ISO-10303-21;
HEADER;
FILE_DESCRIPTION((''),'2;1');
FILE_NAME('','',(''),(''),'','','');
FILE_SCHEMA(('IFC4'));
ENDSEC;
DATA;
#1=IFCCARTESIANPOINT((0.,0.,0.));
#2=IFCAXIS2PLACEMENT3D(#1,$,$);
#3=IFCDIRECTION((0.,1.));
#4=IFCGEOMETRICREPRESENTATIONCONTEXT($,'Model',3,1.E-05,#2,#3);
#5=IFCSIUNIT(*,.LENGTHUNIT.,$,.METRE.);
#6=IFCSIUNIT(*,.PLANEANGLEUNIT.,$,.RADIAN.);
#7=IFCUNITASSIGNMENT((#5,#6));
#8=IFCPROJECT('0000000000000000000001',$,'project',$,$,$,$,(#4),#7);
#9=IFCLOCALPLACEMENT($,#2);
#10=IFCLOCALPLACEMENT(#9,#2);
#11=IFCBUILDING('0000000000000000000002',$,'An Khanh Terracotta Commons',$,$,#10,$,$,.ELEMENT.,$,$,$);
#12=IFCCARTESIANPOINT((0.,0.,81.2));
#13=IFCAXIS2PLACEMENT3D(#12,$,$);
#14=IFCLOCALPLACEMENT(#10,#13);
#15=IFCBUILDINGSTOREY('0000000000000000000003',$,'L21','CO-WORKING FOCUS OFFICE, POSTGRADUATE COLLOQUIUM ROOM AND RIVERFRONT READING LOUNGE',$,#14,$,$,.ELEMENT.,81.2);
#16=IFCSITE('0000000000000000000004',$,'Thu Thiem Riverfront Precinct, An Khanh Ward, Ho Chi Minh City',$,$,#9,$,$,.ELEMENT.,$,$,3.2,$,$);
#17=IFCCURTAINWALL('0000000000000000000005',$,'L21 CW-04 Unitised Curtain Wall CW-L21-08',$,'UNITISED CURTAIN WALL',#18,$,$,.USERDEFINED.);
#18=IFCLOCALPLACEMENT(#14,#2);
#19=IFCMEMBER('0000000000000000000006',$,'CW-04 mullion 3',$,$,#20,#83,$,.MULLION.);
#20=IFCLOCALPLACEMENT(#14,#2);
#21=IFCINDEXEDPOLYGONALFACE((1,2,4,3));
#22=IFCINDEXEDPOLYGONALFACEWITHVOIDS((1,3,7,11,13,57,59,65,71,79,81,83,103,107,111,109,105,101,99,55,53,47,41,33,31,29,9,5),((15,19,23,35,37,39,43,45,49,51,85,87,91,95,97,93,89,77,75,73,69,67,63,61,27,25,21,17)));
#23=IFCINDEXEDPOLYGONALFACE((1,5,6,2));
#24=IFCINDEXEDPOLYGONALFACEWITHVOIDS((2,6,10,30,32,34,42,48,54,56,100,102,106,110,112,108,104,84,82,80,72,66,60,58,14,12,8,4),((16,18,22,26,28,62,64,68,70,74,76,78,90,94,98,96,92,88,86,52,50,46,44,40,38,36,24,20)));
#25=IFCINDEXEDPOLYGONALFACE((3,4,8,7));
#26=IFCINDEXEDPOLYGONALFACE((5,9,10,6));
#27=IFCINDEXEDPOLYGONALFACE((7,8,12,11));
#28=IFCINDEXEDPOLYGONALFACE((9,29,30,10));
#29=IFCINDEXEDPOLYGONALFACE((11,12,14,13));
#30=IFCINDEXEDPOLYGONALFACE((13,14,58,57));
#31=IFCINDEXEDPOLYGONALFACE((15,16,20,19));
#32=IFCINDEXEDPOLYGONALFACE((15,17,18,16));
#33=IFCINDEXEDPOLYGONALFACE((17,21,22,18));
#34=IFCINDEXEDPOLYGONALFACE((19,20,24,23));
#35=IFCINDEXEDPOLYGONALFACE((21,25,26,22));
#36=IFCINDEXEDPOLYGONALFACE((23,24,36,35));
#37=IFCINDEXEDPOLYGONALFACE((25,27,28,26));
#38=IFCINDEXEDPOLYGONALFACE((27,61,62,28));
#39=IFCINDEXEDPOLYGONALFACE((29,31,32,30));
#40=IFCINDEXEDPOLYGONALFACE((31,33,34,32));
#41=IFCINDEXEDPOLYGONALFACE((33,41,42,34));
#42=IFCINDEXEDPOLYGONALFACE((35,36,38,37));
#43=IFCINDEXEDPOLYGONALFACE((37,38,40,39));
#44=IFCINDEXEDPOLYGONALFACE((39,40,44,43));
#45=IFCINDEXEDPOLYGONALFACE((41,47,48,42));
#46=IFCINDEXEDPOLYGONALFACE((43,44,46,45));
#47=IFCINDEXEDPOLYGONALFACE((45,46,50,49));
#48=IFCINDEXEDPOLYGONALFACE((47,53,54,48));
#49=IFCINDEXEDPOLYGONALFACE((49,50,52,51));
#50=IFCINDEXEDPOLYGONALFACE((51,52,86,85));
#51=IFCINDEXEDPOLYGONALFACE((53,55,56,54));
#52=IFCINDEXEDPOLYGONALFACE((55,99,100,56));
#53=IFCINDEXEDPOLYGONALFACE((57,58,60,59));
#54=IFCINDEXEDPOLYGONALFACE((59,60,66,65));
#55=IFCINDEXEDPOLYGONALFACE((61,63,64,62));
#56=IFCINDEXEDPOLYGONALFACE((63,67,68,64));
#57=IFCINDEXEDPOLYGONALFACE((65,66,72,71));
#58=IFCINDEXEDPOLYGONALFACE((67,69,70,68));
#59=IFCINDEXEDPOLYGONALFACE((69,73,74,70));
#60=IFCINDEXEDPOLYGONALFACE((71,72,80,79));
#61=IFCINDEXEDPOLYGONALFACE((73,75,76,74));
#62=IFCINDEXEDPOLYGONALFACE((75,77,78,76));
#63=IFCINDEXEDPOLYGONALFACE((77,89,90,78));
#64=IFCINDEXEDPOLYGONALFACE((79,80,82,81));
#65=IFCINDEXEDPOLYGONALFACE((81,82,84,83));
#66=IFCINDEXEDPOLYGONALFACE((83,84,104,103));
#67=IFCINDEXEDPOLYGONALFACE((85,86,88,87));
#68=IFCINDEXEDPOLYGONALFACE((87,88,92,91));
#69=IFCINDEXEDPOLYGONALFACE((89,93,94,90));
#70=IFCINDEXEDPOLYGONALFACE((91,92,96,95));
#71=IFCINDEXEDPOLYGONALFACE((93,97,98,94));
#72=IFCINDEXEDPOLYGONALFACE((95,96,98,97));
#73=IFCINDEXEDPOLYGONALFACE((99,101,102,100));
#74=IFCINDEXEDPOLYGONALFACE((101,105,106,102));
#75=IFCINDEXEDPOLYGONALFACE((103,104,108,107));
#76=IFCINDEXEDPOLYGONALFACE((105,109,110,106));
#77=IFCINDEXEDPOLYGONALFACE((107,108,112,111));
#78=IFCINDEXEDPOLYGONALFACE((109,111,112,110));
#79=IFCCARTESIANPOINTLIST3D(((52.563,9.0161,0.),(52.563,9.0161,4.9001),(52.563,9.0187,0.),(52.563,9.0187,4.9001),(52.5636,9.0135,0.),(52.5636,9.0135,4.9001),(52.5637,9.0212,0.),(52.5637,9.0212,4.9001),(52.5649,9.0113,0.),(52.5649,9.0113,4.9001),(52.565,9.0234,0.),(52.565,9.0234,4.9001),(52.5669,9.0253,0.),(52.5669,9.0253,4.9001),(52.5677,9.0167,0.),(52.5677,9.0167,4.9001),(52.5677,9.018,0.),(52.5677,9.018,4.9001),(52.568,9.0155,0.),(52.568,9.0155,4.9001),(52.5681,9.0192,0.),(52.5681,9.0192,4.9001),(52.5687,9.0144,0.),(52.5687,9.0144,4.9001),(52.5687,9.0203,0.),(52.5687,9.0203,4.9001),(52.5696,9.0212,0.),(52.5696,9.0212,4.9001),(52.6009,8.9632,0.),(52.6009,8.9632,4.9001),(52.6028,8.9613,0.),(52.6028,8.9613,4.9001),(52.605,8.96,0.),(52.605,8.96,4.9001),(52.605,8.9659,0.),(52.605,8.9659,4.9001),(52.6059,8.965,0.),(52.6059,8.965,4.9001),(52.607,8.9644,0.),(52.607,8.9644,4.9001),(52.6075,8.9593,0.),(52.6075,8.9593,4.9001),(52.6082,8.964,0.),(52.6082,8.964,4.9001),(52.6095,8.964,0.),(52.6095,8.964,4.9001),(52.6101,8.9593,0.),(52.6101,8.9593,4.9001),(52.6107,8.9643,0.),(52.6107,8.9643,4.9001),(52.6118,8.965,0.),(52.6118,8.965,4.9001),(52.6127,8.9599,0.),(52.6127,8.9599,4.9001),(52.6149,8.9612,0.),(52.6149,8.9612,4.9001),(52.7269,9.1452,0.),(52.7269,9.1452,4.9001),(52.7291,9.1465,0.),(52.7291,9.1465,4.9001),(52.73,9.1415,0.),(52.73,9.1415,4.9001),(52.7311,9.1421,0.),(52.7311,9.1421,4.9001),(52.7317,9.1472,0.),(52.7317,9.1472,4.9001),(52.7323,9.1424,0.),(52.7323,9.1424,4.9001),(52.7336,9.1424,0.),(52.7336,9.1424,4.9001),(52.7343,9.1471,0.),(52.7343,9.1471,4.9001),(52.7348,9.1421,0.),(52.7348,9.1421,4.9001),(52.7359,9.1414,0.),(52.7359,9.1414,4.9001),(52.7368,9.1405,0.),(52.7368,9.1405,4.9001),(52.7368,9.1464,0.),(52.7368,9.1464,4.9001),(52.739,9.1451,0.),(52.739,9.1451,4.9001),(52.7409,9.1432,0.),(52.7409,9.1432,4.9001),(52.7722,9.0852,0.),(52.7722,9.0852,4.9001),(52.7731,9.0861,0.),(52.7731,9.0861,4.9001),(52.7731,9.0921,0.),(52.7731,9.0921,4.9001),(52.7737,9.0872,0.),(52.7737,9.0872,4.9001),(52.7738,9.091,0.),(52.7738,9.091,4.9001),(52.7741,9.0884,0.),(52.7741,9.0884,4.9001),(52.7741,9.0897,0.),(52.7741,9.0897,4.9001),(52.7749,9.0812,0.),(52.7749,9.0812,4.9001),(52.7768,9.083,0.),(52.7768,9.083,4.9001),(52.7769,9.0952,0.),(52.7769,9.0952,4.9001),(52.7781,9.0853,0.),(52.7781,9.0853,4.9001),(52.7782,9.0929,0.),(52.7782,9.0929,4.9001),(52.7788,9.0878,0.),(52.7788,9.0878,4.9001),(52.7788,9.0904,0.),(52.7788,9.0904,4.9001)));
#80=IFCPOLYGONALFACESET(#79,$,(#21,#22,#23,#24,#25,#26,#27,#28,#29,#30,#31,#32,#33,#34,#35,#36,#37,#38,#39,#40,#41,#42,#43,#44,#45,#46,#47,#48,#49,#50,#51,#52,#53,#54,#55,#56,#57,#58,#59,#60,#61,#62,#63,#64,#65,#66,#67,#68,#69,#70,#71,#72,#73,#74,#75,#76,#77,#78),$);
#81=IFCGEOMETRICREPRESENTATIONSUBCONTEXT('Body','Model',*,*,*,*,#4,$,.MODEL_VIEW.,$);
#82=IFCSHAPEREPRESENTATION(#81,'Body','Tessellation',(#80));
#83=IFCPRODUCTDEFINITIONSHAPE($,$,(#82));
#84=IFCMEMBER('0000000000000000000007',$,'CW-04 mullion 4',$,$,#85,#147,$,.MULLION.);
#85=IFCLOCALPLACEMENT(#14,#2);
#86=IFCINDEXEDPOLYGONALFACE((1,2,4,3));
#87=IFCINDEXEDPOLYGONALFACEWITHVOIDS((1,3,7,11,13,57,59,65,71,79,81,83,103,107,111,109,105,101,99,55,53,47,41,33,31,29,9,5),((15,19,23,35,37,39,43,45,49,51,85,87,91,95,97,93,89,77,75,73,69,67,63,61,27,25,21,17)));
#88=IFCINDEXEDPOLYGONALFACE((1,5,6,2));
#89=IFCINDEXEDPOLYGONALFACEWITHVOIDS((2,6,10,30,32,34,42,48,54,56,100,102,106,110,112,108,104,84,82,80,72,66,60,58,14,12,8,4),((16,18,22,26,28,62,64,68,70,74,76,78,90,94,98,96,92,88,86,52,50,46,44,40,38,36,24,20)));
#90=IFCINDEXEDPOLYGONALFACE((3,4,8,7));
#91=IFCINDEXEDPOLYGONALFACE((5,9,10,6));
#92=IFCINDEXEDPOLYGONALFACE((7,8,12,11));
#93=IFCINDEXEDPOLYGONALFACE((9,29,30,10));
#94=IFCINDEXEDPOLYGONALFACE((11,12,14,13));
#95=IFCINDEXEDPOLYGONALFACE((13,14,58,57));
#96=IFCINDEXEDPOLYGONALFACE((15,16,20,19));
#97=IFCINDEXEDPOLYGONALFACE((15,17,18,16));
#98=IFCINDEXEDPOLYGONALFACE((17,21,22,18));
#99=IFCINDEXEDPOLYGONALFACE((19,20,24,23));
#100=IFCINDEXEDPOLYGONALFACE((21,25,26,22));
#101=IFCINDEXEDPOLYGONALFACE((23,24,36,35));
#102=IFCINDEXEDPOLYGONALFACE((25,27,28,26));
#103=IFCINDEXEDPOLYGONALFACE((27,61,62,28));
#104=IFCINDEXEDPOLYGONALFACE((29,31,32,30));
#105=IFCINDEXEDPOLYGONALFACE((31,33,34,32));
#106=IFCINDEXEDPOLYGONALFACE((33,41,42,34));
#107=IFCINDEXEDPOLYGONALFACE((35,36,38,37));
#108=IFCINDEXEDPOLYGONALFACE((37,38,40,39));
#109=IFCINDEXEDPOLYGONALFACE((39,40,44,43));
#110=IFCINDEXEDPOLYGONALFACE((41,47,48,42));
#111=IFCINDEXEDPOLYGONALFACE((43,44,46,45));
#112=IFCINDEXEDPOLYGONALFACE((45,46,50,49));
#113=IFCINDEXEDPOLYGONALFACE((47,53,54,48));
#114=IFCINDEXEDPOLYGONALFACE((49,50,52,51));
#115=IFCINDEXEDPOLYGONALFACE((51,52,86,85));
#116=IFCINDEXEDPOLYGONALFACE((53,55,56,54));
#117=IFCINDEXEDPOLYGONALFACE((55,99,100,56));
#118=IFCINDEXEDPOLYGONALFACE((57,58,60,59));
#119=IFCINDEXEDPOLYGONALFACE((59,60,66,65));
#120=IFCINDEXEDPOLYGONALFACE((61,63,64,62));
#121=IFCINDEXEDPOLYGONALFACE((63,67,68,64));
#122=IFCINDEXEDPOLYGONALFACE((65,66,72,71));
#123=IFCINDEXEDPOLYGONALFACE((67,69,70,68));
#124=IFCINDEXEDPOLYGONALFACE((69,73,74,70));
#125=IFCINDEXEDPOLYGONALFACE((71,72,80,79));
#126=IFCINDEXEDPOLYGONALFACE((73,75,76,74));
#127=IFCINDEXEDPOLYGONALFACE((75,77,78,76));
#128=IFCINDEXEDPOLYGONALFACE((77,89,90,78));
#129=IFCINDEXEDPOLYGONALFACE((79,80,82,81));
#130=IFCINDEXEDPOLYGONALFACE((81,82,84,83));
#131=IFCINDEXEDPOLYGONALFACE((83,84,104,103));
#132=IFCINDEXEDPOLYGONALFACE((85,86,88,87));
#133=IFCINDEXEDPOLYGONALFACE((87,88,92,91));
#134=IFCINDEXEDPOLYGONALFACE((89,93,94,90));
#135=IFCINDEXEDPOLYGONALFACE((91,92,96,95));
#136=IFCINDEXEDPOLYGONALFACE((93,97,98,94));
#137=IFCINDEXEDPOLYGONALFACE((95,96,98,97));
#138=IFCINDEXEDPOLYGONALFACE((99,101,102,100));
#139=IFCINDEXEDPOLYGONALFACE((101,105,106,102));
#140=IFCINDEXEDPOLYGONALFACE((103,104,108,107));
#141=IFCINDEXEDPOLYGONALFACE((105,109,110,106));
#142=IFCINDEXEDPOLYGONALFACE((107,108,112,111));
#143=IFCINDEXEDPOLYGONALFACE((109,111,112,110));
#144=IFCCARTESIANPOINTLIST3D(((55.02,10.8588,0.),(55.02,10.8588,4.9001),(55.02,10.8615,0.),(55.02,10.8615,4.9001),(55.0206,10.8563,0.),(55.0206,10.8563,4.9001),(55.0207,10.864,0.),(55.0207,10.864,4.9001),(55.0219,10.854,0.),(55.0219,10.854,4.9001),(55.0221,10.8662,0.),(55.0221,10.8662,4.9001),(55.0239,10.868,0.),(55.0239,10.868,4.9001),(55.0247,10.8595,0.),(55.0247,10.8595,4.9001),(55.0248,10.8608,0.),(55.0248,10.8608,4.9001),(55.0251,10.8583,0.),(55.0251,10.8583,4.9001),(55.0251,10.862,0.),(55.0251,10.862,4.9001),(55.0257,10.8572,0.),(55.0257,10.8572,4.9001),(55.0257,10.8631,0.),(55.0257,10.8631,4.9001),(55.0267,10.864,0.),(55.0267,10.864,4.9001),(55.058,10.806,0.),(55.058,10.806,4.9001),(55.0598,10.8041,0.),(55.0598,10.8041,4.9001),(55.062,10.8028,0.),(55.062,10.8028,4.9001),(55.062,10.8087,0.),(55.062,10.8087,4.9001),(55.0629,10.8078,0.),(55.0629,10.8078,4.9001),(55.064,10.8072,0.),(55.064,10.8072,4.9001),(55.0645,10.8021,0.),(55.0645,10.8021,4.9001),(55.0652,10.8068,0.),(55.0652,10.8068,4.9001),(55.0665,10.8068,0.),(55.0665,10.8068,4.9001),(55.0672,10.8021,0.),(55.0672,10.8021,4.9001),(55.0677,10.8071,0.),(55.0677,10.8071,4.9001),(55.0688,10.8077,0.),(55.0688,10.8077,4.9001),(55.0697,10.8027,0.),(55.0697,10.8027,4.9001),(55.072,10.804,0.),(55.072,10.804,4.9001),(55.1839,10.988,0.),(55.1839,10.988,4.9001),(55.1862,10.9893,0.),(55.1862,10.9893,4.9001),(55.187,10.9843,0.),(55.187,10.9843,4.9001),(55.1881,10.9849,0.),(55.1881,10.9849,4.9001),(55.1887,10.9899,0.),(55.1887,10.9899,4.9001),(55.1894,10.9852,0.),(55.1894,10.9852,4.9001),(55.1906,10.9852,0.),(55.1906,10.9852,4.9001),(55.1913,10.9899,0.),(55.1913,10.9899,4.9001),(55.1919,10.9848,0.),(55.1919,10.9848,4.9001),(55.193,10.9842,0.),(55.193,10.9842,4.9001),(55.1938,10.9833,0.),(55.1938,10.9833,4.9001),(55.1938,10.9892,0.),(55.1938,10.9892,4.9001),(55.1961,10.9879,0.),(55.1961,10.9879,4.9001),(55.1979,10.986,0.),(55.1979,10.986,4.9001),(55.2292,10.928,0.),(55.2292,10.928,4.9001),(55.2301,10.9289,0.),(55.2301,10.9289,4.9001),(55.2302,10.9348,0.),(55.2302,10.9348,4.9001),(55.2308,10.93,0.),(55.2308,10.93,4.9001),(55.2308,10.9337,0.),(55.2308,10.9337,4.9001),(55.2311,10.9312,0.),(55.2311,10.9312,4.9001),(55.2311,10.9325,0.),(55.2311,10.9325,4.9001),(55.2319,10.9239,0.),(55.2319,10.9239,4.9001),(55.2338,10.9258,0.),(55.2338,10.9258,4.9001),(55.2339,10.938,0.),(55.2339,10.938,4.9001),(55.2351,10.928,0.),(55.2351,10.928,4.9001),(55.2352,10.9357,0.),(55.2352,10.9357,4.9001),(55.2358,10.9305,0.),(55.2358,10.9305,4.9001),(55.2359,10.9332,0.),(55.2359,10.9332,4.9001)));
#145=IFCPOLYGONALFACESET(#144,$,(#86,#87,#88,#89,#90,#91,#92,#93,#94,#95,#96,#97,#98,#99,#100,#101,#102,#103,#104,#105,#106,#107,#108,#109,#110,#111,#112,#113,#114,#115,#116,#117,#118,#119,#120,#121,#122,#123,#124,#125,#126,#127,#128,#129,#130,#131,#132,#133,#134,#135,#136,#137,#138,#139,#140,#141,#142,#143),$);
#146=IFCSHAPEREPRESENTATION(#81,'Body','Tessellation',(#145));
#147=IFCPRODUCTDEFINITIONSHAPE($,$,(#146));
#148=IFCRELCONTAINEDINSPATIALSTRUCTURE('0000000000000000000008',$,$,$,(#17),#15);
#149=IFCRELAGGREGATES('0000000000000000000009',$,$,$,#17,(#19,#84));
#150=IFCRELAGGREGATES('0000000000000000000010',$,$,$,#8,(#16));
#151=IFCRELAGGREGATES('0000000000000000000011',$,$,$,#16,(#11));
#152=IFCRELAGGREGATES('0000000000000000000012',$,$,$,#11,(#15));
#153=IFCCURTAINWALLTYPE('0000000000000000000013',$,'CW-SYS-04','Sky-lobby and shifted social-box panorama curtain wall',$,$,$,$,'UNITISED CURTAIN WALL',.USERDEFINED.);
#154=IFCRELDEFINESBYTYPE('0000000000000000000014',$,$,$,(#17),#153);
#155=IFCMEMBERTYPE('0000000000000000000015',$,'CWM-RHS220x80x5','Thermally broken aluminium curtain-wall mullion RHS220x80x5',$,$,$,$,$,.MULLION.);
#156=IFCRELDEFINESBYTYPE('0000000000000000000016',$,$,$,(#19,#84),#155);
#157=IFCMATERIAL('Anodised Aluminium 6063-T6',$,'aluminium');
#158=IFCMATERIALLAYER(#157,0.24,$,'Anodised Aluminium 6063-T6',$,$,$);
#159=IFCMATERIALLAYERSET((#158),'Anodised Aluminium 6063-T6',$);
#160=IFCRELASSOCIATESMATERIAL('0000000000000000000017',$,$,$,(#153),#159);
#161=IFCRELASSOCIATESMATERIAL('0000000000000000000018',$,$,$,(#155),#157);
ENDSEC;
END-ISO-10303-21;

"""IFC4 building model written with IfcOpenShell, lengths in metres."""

from ifc_helpers import new_model, si_unit, direction, frame, origin, origin_2d, place, context, subcontext, project, spatial, hollow_rectangle, extrude, material, layer, layer_set, material_profile, profile_set, type_object, element, aggregate, save


model = new_model("IFC4")

# Units and contexts
model_context = context("Model", 3, precision=1e-05, world=origin(), true_north=direction((0.0, 1.0)))
body_context = subcontext(model_context, "Body", "Model", "MODEL_VIEW")
ifc_project = project(units=[si_unit("LENGTHUNIT", "METRE"), si_unit("PLANEANGLEUNIT", "RADIAN")], contexts=[model_context])

# Site, building, storey
site_placement = place(None, origin())
site = spatial("IfcSite", under=ifc_project, at=site_placement, Name="Thu Thiem Riverfront Precinct, An Khanh Ward, Ho Chi Minh City", CompositionType="ELEMENT", RefElevation=3.2)
building_placement = place(site_placement, origin())
building = spatial("IfcBuilding", under=site, at=building_placement, Name="An Khanh Terracotta Commons", CompositionType="ELEMENT")
storey_placement = place(building_placement, frame((0.0, 0.0, 81.2)))
storey = spatial("IfcBuildingStorey", under=building, at=storey_placement, Name="L21", Description="CO-WORKING FOCUS OFFICE, POSTGRADUATE COLLOQUIUM ROOM AND RIVERFRONT READING LOUNGE", CompositionType="ELEMENT", Elevation=81.2)

# Curtain wall, members
ifc_material_1 = material(Name="Anodised Aluminium 6063-T6", Category="aluminium")
ifc_layer_1 = layer(ifc_material_1, 0.24, Name="Anodised Aluminium 6063-T6")
ifc_layer_set_1 = layer_set([ifc_layer_1], Name="Anodised Aluminium 6063-T6")
curtain_wall_type = type_object("IfcCurtainWallType", Name="CW-SYS-04", Description="Sky-lobby and shifted social-box panorama curtain wall", ElementType="UNITISED CURTAIN WALL", PredefinedType="USERDEFINED", material=ifc_layer_set_1)
curtain_wall_1_placement = place(storey_placement, origin())
curtain_wall_1 = element("IfcCurtainWall", 1, at=curtain_wall_1_placement, inside=storey, type_object=curtain_wall_type, Name="L21 CW-04 Unitised Curtain Wall CW-L21-08", ObjectType="UNITISED CURTAIN WALL", PredefinedType="USERDEFINED")
ifc_material_profile_1 = material_profile(ifc_material_1, hollow_rectangle(XDim=0.0801, YDim=0.22, WallThickness=0.0049, InnerFilletRadius=0.0049, OuterFilletRadius=0.01, at=origin_2d()), Name="RHS220x80x5")
ifc_profile_set_1 = profile_set([ifc_material_profile_1], Name="Anodised Aluminium 6063-T6")
member_type_1 = type_object("IfcMemberType", Name="CWM-RHS220x80x5", Description="Thermally broken aluminium curtain-wall mullion RHS220x80x5", PredefinedType="MULLION", material=ifc_profile_set_1)
member_1_placement = place(storey_placement, frame((52.6709, 9.0532, 0.0), z_axis=(0.0, 0.0, 1.0), x_axis=(-0.599983, 0.800013, 0.0)))
member_1 = element("IfcMember", 2, at=member_1_placement, type_object=member_type_1, Name="CW-04 mullion 3", PredefinedType="MULLION", context=body_context, shape_type="SweptSolid", body=[
    extrude(hollow_rectangle(XDim=0.0801, YDim=0.22, WallThickness=0.0049, InnerFilletRadius=0.0049, OuterFilletRadius=0.01, at=origin_2d()), origin(), (0.0, 0.0, 1.0), 4.9001),
])
member_2_placement = place(storey_placement, frame((55.1279, 10.896, 0.0), z_axis=(0.0, 0.0, 1.0), x_axis=(-0.599983, 0.800013, 0.0)))
member_2 = element("IfcMember", 3, at=member_2_placement, type_object=member_type_1, Name="CW-04 mullion 4", PredefinedType="MULLION", context=body_context, shape_type="SweptSolid", body=[
    extrude(hollow_rectangle(XDim=0.0801, YDim=0.22, WallThickness=0.0049, InnerFilletRadius=0.0049, OuterFilletRadius=0.01, at=origin_2d()), origin(), (0.0, 0.0, 1.0), 4.9001),
])

aggregate(curtain_wall_1, [member_1, member_2])

save(model, "model.ifc")
